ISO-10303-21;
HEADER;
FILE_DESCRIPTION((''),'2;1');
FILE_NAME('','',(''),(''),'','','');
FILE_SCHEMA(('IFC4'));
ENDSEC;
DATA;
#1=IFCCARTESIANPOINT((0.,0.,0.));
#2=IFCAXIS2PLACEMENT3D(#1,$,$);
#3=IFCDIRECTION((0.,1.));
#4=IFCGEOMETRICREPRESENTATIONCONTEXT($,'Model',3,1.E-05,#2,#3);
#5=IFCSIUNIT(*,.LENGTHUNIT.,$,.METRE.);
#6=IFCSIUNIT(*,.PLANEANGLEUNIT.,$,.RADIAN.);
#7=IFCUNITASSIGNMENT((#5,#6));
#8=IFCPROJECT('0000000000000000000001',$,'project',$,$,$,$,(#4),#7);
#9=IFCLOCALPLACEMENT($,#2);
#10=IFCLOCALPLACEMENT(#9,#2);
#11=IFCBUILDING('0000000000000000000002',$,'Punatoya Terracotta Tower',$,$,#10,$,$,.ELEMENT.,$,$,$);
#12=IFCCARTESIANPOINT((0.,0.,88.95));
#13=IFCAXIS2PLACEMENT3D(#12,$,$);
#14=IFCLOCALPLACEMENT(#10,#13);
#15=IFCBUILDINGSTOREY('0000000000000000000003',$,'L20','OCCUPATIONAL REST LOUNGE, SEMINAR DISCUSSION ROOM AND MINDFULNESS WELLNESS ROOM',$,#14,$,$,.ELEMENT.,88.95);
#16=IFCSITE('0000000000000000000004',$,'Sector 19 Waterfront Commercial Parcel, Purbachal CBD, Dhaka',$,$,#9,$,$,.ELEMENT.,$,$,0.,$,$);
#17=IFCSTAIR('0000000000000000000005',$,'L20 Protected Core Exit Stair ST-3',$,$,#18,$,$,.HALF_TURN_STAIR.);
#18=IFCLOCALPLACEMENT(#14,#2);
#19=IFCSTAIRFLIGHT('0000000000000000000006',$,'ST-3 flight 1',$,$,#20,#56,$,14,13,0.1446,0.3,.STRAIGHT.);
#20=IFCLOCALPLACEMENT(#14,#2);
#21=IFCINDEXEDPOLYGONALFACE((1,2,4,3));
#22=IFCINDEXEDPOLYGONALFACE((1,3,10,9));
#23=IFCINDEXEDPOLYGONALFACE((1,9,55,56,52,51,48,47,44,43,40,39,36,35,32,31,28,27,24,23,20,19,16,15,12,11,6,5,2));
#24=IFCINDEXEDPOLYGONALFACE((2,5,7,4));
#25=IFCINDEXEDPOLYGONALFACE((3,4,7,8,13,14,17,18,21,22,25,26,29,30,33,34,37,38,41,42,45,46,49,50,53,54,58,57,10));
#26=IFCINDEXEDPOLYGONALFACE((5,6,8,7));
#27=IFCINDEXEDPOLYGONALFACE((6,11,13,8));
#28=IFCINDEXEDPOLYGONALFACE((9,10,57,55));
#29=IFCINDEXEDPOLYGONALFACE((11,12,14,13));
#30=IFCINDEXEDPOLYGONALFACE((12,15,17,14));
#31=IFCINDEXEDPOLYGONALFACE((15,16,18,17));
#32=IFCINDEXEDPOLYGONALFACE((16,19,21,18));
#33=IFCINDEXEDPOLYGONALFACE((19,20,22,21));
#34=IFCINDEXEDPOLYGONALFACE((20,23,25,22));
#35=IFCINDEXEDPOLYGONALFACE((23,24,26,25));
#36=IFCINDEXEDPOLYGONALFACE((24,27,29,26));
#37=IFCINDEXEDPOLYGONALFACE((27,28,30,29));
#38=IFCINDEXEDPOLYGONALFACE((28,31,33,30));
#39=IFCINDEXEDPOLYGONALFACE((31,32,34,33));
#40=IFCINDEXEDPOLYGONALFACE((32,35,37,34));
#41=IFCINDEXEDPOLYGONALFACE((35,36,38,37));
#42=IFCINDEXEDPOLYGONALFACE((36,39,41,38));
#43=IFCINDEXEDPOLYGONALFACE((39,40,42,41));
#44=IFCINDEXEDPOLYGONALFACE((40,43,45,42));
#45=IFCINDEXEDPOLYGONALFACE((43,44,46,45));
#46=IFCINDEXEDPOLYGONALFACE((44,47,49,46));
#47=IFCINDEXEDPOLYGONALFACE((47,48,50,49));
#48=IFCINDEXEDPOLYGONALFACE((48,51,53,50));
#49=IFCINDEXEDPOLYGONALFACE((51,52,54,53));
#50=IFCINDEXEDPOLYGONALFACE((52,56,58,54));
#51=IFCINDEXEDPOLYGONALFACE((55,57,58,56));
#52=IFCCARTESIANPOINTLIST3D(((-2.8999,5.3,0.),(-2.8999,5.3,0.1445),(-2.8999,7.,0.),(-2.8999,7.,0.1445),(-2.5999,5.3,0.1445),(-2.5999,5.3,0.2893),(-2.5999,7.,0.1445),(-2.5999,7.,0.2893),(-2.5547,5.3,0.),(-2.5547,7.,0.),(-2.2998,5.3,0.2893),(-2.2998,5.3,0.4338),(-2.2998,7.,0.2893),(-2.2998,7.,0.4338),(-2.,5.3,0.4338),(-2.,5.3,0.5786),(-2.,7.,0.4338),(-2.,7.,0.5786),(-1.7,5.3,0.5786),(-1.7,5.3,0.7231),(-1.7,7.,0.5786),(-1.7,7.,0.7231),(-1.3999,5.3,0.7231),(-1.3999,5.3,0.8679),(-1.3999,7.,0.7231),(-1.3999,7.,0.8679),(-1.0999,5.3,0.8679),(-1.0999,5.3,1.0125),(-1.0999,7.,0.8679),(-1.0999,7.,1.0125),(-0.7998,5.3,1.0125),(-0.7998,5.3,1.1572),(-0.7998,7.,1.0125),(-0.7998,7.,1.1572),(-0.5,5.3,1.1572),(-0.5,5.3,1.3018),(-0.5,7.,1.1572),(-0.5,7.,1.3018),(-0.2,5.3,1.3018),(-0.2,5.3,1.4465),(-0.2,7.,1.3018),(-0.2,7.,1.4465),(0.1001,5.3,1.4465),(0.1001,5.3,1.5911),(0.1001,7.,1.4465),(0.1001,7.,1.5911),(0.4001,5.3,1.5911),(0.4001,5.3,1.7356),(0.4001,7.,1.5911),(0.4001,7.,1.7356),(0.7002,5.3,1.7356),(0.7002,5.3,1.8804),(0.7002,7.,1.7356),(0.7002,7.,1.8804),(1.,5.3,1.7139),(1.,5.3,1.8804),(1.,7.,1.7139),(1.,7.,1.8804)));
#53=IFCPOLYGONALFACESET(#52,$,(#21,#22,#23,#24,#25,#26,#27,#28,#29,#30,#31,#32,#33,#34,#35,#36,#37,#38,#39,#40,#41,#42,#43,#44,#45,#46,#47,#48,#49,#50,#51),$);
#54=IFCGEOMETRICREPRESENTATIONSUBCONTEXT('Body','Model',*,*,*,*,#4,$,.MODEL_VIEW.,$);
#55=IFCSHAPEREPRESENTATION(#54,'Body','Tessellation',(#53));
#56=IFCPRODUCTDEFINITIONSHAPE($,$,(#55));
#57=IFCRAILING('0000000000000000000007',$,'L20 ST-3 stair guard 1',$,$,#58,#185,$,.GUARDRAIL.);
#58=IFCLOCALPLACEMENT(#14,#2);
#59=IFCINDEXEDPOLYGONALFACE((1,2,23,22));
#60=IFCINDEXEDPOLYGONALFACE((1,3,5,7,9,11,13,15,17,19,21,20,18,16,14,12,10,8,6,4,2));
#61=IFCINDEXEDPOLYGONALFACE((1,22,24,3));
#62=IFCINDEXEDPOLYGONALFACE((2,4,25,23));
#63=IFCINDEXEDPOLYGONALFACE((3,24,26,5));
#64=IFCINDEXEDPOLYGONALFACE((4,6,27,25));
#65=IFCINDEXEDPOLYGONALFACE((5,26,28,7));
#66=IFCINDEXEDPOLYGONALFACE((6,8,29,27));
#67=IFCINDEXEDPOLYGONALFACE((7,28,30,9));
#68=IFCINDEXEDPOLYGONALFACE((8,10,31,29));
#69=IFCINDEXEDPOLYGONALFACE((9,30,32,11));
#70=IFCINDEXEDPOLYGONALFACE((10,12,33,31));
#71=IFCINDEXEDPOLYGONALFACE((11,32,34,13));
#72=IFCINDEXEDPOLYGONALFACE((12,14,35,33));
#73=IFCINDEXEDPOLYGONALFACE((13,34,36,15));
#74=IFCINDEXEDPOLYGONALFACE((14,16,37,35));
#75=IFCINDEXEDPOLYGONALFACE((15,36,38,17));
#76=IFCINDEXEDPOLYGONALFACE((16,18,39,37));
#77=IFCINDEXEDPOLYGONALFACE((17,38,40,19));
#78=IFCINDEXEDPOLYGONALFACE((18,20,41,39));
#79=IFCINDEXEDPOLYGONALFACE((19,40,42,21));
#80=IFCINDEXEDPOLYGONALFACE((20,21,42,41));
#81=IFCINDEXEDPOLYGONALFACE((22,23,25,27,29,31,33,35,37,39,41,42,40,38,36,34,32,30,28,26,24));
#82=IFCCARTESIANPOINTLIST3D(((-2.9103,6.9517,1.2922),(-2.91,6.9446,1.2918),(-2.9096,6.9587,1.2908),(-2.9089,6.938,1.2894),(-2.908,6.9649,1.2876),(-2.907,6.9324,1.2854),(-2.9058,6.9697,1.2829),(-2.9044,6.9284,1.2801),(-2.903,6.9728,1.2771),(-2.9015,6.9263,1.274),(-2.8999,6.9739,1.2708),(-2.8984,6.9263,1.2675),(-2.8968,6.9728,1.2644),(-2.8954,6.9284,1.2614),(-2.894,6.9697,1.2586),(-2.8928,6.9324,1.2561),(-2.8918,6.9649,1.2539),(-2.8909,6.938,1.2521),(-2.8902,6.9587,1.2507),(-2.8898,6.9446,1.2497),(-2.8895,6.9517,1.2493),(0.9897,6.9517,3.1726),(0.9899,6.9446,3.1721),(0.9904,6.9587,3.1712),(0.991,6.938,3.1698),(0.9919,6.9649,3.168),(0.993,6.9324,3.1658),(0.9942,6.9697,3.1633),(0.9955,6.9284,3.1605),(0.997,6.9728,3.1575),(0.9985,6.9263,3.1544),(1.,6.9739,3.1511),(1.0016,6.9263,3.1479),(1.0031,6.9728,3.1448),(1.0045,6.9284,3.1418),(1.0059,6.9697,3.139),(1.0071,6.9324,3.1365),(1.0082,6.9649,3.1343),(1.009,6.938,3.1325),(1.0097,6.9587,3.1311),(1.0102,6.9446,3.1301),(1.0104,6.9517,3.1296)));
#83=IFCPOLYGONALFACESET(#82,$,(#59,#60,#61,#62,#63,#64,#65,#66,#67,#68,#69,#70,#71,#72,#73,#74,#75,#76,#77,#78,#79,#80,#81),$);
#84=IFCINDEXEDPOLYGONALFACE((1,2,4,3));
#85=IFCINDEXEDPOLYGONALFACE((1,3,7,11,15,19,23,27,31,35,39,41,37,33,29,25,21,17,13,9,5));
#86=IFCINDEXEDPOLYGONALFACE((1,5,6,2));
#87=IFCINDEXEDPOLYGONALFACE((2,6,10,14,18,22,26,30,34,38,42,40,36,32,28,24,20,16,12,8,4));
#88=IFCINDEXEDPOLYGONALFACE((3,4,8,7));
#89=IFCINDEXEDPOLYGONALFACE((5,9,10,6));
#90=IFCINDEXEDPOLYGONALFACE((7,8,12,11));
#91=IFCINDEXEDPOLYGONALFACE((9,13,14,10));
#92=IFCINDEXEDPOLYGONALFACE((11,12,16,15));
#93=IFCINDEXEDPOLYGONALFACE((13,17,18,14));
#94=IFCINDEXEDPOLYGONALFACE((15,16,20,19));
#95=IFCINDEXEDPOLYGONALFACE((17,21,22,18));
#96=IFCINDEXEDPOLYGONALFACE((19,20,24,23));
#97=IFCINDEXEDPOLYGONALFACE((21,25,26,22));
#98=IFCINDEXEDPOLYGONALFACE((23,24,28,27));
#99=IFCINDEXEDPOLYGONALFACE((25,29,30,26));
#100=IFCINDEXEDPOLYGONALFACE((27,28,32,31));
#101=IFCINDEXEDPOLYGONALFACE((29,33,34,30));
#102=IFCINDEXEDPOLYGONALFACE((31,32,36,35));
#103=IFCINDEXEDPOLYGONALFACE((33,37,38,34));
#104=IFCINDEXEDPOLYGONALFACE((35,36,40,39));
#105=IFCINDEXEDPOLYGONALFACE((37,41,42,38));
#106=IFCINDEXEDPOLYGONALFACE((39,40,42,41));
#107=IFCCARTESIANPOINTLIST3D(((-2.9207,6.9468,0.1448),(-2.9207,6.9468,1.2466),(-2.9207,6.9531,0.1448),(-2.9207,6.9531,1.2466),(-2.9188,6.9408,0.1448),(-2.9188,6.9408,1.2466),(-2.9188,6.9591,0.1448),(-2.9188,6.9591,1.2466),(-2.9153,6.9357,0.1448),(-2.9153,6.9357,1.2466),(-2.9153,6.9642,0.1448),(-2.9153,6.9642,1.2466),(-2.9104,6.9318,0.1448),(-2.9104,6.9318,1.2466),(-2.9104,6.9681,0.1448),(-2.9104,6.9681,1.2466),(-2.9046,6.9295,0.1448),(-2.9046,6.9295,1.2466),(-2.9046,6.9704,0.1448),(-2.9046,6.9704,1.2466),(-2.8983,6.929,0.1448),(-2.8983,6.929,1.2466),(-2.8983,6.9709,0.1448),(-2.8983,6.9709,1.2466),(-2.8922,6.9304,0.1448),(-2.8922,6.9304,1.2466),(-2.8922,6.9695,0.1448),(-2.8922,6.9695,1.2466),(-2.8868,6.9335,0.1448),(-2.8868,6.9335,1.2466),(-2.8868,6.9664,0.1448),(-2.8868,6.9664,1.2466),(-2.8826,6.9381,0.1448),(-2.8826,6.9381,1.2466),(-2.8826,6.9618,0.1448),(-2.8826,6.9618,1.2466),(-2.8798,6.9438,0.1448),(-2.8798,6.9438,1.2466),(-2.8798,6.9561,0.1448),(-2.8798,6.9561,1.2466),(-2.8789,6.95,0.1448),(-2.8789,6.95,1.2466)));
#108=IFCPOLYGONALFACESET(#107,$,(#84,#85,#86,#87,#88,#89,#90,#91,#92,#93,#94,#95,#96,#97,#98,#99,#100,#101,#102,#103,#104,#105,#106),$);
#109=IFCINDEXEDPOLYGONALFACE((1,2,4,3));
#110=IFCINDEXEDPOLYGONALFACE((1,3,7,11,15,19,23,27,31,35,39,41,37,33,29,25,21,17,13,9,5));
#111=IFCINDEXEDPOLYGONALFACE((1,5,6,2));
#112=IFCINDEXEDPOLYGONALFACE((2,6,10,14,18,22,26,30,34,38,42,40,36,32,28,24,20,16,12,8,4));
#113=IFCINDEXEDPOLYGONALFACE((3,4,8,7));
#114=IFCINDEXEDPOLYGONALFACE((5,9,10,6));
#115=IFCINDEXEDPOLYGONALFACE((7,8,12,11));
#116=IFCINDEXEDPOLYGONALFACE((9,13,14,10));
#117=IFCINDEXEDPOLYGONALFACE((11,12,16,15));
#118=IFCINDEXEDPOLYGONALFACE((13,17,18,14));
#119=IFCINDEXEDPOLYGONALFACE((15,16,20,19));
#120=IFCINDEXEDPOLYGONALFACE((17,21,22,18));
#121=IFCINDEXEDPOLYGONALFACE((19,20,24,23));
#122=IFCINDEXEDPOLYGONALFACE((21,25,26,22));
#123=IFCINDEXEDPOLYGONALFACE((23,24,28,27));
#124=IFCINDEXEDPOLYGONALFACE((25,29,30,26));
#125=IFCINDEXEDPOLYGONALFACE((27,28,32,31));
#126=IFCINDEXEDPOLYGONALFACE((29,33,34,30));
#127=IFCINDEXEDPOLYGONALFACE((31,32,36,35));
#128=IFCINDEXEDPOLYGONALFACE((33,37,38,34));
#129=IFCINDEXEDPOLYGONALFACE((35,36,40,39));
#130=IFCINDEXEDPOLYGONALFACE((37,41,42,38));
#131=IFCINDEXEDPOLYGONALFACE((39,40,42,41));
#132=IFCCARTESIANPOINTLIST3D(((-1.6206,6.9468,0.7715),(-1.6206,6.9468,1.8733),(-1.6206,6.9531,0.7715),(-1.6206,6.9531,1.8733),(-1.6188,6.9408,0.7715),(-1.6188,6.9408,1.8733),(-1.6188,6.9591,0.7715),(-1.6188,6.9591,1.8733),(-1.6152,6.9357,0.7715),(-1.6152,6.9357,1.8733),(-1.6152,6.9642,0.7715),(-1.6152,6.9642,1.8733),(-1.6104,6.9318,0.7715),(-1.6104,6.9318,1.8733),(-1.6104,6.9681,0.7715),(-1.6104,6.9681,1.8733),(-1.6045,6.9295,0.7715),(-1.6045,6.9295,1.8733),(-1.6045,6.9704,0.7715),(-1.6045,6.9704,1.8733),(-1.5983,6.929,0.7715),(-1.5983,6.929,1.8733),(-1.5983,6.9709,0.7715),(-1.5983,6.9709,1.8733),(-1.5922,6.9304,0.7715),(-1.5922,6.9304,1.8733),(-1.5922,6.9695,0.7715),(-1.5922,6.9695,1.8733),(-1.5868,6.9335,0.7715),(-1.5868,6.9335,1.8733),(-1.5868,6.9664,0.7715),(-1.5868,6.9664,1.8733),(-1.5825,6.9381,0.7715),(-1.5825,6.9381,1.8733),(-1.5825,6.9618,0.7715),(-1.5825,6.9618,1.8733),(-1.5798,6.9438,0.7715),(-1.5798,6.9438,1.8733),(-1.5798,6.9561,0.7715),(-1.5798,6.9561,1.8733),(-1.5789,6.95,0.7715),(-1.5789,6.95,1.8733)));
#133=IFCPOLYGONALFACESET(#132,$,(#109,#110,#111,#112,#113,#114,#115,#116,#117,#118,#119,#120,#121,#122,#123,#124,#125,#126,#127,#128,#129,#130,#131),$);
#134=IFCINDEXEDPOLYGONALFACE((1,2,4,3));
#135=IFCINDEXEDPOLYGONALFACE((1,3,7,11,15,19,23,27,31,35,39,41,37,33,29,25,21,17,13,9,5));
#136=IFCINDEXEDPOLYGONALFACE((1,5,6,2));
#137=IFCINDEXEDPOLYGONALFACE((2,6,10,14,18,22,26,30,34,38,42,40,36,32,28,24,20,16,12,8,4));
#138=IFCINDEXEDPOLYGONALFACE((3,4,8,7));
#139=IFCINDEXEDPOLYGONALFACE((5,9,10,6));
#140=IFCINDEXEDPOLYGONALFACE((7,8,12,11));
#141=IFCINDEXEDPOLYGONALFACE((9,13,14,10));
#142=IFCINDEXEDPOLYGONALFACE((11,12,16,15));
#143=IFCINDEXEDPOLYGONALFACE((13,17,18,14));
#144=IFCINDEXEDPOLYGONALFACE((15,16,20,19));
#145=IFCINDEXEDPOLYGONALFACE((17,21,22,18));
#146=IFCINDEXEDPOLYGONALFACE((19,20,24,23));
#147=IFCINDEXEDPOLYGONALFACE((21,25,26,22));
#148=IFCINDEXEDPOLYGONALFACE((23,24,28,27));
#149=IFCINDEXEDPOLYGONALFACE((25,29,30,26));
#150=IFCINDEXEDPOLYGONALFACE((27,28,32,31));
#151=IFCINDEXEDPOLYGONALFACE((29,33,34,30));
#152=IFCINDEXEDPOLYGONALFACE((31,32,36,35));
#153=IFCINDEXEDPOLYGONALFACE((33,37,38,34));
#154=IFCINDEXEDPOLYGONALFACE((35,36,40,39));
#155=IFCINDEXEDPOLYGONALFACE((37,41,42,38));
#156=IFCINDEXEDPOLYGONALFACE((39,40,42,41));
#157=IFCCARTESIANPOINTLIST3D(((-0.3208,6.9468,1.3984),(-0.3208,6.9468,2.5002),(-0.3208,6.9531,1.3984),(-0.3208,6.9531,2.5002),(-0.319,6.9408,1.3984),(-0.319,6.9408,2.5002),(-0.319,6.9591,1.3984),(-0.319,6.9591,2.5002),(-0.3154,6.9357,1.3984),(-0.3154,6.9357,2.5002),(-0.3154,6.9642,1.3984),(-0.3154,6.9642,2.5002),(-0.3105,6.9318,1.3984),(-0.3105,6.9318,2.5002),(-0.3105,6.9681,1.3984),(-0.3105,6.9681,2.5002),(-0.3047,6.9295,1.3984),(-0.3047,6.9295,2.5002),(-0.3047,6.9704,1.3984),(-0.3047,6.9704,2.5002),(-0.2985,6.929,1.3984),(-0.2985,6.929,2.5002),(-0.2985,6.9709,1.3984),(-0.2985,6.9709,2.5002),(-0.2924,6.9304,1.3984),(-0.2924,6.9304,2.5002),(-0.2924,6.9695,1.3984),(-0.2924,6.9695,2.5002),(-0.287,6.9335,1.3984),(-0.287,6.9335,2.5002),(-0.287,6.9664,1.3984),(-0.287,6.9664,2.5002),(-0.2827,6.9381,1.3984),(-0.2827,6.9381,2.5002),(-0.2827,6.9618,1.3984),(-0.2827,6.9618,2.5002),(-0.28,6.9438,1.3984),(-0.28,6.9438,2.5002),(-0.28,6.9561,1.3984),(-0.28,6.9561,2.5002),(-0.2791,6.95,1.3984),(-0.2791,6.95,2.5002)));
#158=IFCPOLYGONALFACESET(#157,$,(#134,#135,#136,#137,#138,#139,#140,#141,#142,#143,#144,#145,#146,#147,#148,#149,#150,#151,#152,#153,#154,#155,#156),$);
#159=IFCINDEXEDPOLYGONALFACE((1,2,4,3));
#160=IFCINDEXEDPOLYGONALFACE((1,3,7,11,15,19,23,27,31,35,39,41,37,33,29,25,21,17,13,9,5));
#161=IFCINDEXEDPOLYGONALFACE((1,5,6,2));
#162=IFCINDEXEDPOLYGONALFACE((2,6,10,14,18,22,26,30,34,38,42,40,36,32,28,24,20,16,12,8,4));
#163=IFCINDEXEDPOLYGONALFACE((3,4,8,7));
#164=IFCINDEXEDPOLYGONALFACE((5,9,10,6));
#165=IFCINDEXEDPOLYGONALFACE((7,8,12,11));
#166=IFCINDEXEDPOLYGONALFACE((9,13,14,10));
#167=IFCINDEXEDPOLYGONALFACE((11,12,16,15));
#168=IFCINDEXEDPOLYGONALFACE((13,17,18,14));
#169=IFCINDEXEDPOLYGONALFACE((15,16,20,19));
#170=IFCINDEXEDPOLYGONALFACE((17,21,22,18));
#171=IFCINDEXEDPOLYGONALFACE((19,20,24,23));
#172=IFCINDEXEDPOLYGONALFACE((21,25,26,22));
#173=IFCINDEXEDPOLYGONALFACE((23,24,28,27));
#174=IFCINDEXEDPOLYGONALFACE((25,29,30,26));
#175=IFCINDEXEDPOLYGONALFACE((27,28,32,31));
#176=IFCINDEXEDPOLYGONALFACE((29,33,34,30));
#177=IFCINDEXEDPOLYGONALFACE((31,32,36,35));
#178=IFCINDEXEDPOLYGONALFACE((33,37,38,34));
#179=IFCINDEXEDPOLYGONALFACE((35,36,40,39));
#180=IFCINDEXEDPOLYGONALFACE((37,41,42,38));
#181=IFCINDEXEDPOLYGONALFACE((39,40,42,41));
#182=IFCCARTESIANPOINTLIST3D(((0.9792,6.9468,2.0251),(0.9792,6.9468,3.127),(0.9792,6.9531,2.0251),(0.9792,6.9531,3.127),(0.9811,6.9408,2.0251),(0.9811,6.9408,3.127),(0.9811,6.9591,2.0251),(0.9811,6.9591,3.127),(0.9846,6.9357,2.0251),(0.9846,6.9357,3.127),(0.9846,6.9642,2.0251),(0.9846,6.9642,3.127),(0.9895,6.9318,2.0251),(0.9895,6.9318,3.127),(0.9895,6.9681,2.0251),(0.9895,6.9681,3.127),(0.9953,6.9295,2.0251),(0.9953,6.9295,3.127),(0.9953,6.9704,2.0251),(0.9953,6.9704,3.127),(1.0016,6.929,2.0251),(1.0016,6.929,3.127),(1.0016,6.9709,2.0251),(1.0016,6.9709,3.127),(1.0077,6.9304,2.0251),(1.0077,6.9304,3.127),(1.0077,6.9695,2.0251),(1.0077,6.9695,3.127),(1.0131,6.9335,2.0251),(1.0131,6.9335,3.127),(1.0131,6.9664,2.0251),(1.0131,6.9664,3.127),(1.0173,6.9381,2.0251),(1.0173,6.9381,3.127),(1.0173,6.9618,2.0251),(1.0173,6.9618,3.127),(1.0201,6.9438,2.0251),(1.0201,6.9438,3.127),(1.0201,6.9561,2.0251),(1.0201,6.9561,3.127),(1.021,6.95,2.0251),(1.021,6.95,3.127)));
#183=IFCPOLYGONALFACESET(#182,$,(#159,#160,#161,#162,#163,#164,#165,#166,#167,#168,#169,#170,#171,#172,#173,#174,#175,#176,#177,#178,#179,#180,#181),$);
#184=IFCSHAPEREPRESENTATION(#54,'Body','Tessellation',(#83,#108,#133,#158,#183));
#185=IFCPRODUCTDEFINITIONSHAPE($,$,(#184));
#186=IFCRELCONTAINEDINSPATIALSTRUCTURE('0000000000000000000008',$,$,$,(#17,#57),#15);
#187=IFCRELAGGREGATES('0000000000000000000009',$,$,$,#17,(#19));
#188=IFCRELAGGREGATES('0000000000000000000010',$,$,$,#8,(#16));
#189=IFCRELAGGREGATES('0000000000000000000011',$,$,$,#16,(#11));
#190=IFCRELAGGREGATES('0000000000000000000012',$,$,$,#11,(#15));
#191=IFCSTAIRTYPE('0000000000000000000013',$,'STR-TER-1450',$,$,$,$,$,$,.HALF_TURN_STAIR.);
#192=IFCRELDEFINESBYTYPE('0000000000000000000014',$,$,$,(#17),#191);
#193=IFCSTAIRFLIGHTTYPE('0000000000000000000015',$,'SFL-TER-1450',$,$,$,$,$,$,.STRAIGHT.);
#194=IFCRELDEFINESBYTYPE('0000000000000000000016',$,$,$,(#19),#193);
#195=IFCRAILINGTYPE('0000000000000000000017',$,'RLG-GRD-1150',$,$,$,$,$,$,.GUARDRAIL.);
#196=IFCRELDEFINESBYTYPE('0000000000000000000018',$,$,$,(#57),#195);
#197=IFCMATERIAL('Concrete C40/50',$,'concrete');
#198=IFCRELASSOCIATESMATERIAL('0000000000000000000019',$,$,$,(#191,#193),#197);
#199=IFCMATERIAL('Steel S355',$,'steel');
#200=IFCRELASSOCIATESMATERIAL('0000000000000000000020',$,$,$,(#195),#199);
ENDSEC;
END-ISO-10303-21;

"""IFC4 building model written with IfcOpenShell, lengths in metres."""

from ifc_helpers import new_model, si_unit, direction, frame, origin, origin_2d, place, context, subcontext, project, spatial, polyline, circle, outline, extrude, material, type_object, element, aggregate, save


model = new_model("IFC4")

# Units and contexts
model_context = context("Model", 3, precision=1e-05, world=origin(), true_north=direction((0.0, 1.0)))
body_context = subcontext(model_context, "Body", "Model", "MODEL_VIEW")
ifc_project = project(units=[si_unit("LENGTHUNIT", "METRE"), si_unit("PLANEANGLEUNIT", "RADIAN")], contexts=[model_context])

# Site, building, storey
site_placement = place(None, origin())
site = spatial("IfcSite", under=ifc_project, at=site_placement, Name="Sector 19 Waterfront Commercial Parcel, Purbachal CBD, Dhaka", CompositionType="ELEMENT", RefElevation=0.0)
building_placement = place(site_placement, origin())
building = spatial("IfcBuilding", under=site, at=building_placement, Name="Punatoya Terracotta Tower", CompositionType="ELEMENT")
storey_placement = place(building_placement, frame((0.0, 0.0, 88.95)))
storey = spatial("IfcBuildingStorey", under=building, at=storey_placement, Name="L20", Description="OCCUPATIONAL REST LOUNGE, SEMINAR DISCUSSION ROOM AND MINDFULNESS WELLNESS ROOM", CompositionType="ELEMENT", Elevation=88.95)

# Shared definitions
ifc_material_1 = material(Name="Steel S355", Category="steel")

# Shared definitions
ifc_material_2 = material(Name="Concrete C40/50", Category="concrete")

# Stair, stair flight
stair_type = type_object("IfcStairType", Name="STR-TER-1450", PredefinedType="HALF_TURN_STAIR", material=ifc_material_2)
stair_placement = place(storey_placement, origin())
stair = element("IfcStair", 1, at=stair_placement, inside=storey, type_object=stair_type, Name="L20 Protected Core Exit Stair ST-3", PredefinedType="HALF_TURN_STAIR")
stair_flight_type = type_object("IfcStairFlightType", Name="SFL-TER-1450", PredefinedType="STRAIGHT", material=ifc_material_2)
stair_flight_placement = place(storey_placement, frame((-2.8999, 6.1499, 0.0), z_axis=(0.0, 0.0, 1.0), x_axis=(1.0, 0.0, 0.0)))
stair_flight = element("IfcStairFlight", 2, at=stair_flight_placement, type_object=stair_flight_type, Name="ST-3 flight 1", NumberOfRisers=14, NumberOfTreads=13, PredefinedType="STRAIGHT", RiserHeight=0.1446, TreadLength=0.3, context=body_context, shape_type="SweptSolid", body=[
    extrude(outline(polyline([(0.0, 0.0), (0.0, 0.1445), (0.3, 0.1445), (0.3, 0.2893), (0.6001, 0.2893), (0.6001, 0.4338), (0.8999, 0.4338), (0.8999, 0.5786), (1.2, 0.5786), (1.2, 0.7231), (1.5, 0.7231), (1.5, 0.8679), (1.8, 0.8679), (1.8, 1.0125), (2.1001, 1.0125), (2.1001, 1.1572), (2.3999, 1.1572), (2.3999, 1.3018), (2.7, 1.3018), (2.7, 1.4465), (3.0, 1.4465), (3.0, 1.5911), (3.3, 1.5911), (3.3, 1.7356), (3.6001, 1.7356), (3.6001, 1.8804), (3.8999, 1.8804), (3.8999, 2.0249), (3.8999, 1.7139), (0.3452, 0.0), (0.0, 0.0)])), frame((0.0, 0.8501, 0.0), z_axis=(0.0, -1.0, 0.0), x_axis=(1.0, 0.0, 0.0)), (0.0, 0.0, 1.0), 1.7),
])
aggregate(stair, [stair_flight])

# Railing
railing_type_1 = type_object("IfcRailingType", Name="RLG-GRD-1150", PredefinedType="GUARDRAIL", material=ifc_material_1)
railing_1_placement = place(storey_placement, frame((-2.8999, 6.95, 0.1448)))
element("IfcRailing", 3, at=railing_1_placement, inside=storey, type_object=railing_type_1, Name="L20 ST-3 stair guard 1", PredefinedType="GUARDRAIL", context=body_context, shape_type="SweptSolid", body=[
    extrude(circle(Radius=0.0239, at=origin_2d()), frame((0.0, 0.0, 1.126), z_axis=(0.900763, 0.0, 0.434311), x_axis=(0.0, 1.0, 0.0)), (0.0, 0.0, 1.0), 4.3296),
    extrude(circle(Radius=0.021, at=origin_2d()), origin(), (0.0, 0.0, 1.0), 1.1018),
    extrude(circle(Radius=0.021, at=origin_2d()), frame((1.3, 0.0, 0.6267)), (0.0, 0.0, 1.0), 1.1018),
    extrude(circle(Radius=0.021, at=origin_2d()), frame((2.5999, 0.0, 1.2537)), (0.0, 0.0, 1.0), 1.1018),
    extrude(circle(Radius=0.021, at=origin_2d()), frame((3.8999, 0.0, 1.8804)), (0.0, 0.0, 1.0), 1.1018),
])

save(model, "model.ifc")
